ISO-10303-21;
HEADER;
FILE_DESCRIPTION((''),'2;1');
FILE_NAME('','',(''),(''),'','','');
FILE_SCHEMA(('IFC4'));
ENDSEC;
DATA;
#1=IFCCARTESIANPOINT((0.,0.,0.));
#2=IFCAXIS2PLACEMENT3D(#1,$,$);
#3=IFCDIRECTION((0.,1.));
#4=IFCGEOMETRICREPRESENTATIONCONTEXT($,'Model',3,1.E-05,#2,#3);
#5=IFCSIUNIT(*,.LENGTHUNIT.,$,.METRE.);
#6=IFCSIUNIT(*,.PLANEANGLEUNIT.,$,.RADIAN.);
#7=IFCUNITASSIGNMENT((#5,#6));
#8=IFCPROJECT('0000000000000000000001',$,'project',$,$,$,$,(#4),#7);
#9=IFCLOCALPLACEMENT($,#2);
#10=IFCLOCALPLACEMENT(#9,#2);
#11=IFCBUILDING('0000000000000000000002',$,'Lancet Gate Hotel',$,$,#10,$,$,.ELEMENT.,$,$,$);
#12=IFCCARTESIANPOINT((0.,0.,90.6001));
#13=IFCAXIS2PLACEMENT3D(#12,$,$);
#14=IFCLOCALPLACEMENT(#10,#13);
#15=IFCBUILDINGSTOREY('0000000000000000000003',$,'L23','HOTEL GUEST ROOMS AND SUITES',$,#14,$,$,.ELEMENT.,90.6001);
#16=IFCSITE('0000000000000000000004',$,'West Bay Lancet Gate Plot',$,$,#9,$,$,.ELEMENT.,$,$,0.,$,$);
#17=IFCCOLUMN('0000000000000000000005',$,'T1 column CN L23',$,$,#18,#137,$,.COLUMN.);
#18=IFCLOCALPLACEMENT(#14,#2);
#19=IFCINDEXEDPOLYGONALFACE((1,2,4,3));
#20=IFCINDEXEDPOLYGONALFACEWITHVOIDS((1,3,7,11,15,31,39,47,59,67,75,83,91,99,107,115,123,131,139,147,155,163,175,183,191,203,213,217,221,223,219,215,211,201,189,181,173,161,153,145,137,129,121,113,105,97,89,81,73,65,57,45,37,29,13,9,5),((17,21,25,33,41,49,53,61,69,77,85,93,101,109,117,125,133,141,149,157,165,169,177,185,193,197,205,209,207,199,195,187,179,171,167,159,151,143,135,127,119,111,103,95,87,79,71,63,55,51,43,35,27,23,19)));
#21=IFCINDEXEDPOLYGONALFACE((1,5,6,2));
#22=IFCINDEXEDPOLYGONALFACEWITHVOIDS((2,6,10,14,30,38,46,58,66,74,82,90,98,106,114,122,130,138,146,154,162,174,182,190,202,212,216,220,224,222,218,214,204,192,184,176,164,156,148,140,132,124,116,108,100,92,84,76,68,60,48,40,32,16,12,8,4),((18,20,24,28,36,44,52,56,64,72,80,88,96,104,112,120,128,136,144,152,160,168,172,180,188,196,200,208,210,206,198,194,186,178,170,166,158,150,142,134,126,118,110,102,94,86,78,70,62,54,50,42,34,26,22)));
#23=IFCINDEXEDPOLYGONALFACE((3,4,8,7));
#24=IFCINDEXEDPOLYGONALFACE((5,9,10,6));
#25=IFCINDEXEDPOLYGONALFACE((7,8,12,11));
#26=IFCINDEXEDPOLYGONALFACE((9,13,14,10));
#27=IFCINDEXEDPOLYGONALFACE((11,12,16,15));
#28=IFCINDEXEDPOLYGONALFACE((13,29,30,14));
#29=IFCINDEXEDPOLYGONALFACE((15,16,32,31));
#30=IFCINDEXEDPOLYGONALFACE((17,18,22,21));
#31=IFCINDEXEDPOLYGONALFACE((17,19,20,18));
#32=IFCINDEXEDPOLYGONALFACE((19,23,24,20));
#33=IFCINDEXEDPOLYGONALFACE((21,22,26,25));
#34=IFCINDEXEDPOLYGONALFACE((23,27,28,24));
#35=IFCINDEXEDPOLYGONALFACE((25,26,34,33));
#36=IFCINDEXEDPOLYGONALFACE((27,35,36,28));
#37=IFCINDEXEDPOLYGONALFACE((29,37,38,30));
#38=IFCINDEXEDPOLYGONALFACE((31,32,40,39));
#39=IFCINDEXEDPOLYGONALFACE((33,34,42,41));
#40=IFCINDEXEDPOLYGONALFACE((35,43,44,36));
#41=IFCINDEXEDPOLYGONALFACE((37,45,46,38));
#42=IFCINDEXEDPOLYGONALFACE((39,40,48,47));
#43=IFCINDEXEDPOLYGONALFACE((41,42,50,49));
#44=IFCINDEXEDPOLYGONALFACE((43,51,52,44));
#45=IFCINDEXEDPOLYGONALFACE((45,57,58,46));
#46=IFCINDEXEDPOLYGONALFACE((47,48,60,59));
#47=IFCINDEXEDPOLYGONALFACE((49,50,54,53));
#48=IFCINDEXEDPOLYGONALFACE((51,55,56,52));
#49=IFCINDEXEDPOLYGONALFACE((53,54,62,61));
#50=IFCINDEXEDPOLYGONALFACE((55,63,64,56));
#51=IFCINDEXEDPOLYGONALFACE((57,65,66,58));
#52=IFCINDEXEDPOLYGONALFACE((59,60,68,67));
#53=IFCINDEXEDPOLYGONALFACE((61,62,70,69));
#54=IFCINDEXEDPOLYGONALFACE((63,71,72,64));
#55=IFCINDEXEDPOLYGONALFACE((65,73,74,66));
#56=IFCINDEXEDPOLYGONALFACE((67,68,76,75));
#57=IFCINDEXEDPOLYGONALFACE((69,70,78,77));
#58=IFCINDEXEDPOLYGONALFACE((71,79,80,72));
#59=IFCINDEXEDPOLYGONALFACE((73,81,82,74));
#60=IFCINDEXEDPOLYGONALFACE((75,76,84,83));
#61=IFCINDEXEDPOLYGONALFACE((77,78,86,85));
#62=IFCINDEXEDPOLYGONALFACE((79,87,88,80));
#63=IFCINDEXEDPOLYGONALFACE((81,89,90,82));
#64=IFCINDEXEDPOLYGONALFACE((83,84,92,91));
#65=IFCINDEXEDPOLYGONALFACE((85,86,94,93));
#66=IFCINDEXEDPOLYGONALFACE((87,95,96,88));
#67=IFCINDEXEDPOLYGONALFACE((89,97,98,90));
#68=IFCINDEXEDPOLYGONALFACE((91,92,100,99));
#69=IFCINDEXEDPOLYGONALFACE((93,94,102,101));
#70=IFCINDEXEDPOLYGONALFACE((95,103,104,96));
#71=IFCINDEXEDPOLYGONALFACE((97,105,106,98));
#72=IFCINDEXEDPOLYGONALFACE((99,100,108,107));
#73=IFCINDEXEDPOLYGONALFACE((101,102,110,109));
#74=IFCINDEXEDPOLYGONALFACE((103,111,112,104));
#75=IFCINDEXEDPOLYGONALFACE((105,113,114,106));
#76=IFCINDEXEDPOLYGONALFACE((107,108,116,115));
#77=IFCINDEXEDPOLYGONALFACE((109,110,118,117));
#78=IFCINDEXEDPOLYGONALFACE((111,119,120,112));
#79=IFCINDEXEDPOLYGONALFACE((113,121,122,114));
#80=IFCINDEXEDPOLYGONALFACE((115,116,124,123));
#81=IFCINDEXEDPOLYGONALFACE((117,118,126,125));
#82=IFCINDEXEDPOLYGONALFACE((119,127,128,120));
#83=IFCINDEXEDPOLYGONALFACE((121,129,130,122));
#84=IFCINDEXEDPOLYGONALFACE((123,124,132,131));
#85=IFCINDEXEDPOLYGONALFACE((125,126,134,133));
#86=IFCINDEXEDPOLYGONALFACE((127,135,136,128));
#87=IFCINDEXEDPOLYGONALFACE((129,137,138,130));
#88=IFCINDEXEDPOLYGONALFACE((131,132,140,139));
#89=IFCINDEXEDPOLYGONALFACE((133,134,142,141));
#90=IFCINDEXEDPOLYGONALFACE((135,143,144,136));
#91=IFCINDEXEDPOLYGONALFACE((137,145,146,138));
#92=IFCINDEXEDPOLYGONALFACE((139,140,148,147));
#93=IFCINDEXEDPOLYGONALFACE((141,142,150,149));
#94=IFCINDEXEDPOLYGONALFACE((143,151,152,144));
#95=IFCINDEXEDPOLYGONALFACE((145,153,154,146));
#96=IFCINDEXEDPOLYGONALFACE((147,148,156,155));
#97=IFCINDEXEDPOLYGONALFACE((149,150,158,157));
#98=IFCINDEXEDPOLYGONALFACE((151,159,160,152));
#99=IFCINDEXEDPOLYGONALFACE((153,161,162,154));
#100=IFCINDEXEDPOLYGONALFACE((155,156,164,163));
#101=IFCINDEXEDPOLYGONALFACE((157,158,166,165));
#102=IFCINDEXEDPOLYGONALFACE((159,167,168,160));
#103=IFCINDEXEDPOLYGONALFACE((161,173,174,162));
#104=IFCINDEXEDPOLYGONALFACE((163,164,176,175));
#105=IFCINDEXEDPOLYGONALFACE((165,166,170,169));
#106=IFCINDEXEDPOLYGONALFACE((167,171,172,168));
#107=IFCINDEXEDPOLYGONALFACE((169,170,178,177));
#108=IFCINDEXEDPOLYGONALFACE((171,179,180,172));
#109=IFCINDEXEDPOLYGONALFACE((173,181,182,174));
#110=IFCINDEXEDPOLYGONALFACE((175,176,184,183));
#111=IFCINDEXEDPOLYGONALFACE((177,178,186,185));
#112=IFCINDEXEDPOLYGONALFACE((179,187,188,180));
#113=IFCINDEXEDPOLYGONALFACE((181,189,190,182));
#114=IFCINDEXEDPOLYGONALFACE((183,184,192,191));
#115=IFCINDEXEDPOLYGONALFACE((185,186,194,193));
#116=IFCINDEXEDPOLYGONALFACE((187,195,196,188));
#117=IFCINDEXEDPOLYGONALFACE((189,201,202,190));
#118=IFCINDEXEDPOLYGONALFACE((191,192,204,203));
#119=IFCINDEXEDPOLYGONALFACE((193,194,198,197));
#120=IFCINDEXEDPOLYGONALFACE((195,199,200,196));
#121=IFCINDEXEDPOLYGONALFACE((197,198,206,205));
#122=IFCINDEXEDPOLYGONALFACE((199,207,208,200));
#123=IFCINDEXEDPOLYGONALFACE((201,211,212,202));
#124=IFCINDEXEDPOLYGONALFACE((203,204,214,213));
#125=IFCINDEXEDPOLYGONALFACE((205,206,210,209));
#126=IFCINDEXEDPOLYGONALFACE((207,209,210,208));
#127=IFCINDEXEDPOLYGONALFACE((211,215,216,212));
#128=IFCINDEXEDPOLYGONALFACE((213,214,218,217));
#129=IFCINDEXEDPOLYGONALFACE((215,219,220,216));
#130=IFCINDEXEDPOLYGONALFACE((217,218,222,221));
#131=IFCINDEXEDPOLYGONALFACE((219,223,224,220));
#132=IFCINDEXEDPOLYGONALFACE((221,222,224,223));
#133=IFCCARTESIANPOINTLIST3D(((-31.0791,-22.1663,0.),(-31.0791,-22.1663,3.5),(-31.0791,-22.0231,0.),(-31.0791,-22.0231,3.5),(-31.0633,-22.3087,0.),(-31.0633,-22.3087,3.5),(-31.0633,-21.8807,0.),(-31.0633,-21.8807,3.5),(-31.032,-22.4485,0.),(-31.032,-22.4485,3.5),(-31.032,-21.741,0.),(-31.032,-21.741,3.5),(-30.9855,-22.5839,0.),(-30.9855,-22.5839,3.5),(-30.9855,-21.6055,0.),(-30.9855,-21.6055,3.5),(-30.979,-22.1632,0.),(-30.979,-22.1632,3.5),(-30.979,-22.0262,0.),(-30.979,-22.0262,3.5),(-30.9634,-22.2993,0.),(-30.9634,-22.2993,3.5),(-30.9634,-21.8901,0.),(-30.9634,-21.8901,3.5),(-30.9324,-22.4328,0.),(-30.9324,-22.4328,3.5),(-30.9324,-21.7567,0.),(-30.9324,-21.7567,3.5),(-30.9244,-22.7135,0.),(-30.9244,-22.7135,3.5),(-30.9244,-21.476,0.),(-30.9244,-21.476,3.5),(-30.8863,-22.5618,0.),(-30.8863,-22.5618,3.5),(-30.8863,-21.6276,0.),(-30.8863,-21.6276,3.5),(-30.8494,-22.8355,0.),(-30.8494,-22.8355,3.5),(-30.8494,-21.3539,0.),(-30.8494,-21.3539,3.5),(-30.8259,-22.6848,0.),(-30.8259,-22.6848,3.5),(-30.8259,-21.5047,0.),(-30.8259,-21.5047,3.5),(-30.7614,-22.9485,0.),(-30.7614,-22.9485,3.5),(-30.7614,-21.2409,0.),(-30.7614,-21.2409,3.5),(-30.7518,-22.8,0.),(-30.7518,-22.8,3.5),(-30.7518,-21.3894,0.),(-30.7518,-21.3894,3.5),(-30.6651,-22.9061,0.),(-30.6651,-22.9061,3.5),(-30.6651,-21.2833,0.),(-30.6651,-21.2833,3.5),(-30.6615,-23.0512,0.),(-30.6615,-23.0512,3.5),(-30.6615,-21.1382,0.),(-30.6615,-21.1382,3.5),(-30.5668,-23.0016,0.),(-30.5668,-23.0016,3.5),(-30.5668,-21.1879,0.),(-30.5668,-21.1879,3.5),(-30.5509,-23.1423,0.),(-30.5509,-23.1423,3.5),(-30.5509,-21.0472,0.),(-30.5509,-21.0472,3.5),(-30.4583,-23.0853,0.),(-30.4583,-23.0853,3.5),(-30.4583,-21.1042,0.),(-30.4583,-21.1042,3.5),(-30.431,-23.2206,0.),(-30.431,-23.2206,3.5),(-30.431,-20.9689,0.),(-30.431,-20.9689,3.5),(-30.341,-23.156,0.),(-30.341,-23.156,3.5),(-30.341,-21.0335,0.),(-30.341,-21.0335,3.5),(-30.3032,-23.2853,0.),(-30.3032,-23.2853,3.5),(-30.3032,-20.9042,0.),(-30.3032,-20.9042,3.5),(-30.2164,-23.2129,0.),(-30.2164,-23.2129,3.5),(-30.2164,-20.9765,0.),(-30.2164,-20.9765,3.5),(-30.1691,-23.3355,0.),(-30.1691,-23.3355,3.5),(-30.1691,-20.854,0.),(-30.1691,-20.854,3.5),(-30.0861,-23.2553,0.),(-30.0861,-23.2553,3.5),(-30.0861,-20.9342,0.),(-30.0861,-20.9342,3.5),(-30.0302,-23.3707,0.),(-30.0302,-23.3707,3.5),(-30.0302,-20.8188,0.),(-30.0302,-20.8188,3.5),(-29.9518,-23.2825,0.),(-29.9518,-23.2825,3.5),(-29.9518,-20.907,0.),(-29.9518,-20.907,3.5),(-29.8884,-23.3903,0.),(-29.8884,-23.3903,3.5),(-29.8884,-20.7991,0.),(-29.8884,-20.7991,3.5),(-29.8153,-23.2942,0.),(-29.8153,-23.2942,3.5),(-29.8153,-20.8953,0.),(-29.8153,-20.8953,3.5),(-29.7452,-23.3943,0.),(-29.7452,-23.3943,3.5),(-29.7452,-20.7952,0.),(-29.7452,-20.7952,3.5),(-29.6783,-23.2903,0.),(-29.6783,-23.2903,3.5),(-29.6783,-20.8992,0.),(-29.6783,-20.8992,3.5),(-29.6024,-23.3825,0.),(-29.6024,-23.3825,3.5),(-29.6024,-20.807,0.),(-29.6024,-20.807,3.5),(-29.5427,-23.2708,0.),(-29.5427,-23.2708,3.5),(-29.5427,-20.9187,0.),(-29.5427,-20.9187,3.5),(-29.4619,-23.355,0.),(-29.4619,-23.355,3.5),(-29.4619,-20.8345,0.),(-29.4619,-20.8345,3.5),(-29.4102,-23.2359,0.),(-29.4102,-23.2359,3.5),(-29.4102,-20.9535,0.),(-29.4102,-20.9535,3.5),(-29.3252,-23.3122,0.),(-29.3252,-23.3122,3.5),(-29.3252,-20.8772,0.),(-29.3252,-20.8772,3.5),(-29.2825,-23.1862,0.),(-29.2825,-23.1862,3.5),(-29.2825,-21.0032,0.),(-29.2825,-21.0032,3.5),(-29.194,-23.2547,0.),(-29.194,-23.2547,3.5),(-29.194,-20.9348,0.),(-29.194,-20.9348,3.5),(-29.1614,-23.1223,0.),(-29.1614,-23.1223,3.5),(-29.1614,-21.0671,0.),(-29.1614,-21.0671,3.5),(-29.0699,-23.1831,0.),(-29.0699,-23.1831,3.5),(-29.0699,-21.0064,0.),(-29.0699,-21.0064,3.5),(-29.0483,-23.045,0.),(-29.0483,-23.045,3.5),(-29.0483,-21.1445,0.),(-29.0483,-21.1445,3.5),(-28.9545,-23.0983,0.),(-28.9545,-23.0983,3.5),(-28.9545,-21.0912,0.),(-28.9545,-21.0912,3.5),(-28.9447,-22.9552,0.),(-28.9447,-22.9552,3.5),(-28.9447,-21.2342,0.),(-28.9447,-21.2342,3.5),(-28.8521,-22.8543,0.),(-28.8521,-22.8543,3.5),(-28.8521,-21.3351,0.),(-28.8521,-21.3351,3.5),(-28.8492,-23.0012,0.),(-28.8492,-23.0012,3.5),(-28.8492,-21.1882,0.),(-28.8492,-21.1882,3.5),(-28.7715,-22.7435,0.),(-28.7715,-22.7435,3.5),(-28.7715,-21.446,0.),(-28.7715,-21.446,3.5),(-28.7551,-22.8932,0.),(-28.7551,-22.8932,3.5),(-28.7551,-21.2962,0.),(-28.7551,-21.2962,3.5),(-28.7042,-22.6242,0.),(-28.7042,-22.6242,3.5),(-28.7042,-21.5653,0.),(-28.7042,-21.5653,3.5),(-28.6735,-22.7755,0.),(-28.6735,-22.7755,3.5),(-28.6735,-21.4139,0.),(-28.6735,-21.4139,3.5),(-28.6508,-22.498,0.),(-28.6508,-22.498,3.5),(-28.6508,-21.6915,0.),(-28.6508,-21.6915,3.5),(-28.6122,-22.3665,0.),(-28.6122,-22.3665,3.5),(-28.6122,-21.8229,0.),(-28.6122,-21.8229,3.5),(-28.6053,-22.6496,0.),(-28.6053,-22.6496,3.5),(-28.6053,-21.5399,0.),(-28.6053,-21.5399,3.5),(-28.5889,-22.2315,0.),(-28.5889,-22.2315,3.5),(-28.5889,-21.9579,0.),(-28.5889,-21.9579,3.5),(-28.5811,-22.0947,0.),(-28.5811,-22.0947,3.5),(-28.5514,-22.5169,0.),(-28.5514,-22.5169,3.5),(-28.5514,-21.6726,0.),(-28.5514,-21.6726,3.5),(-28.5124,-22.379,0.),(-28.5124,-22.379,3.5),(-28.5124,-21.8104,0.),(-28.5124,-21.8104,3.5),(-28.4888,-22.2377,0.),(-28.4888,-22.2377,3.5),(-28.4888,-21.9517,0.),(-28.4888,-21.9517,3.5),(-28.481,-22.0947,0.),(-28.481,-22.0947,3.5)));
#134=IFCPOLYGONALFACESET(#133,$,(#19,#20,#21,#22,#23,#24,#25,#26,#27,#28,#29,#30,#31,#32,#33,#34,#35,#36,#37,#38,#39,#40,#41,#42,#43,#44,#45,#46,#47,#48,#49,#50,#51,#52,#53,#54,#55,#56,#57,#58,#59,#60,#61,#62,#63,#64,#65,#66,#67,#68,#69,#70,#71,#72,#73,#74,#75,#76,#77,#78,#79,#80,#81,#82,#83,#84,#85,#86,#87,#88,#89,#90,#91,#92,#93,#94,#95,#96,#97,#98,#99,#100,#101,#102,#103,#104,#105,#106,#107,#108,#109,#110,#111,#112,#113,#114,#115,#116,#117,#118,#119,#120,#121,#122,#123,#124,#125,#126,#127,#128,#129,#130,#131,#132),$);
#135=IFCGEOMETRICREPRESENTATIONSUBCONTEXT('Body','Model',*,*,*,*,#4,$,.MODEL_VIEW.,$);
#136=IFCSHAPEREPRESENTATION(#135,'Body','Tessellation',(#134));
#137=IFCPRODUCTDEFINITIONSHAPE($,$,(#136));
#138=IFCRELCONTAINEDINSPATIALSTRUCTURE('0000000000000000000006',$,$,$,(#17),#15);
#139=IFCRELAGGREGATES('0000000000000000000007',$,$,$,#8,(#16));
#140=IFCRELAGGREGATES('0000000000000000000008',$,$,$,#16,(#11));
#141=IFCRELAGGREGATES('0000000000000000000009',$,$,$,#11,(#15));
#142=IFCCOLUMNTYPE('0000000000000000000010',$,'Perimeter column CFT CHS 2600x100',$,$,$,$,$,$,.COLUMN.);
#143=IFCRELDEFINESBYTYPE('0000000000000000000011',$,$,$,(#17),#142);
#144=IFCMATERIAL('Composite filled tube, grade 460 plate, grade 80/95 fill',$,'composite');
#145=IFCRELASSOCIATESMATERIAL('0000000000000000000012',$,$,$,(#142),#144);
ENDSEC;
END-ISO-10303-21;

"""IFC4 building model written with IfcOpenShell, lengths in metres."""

from ifc_helpers import new_model, si_unit, direction, frame, origin, origin_2d, place, context, subcontext, project, spatial, hollow_circle, extrude, material, material_profile, profile_set, type_object, element, save


model = new_model("IFC4")

# Units and contexts
model_context = context("Model", 3, precision=1e-05, world=origin(), true_north=direction((0.0, 1.0)))
body_context = subcontext(model_context, "Body", "Model", "MODEL_VIEW")
ifc_project = project(units=[si_unit("LENGTHUNIT", "METRE"), si_unit("PLANEANGLEUNIT", "RADIAN")], contexts=[model_context])

# Site, building, storey
site_placement = place(None, origin())
site = spatial("IfcSite", under=ifc_project, at=site_placement, Name="West Bay Lancet Gate Plot", CompositionType="ELEMENT", RefElevation=0.0)
building_placement = place(site_placement, origin())
building = spatial("IfcBuilding", under=site, at=building_placement, Name="Lancet Gate Hotel", CompositionType="ELEMENT")
storey_placement = place(building_placement, frame((0.0, 0.0, 90.6001)))
storey = spatial("IfcBuildingStorey", under=building, at=storey_placement, Name="L23", Description="HOTEL GUEST ROOMS AND SUITES", CompositionType="ELEMENT", Elevation=90.6001)

# Column
ifc_material_1 = material(Name="Composite filled tube, grade 460 plate, grade 80/95 fill", Category="composite")
ifc_material_profile_1 = material_profile(ifc_material_1, hollow_circle(Radius=1.3, WallThickness=0.1001, at=origin_2d()), Name="CHS 2600x100")
ifc_profile_set_1 = profile_set([ifc_material_profile_1], Name="Composite filled tube, grade 460 plate, grade 80/95 fill")
column_type = type_object("IfcColumnType", Name="Perimeter column CFT CHS 2600x100", PredefinedType="COLUMN", material=ifc_profile_set_1)
for number, where, z_axis, x_axis, name in (
    (1, (-29.781, -22.0947, 0.0), (0.0, 0.0, 1.0), (1.0, 0.0, 0.0), "T1 column CN L23"),
):
    element("IfcColumn", number, at=place(storey_placement, frame(where, z_axis=z_axis, x_axis=x_axis)), inside=storey, type_object=column_type, Name=name, PredefinedType="COLUMN", context=body_context, shape_type="SweptSolid", body=[
        extrude(hollow_circle(Radius=1.3, WallThickness=0.1001, at=origin_2d()), origin(), (0.0, 0.0, 1.0), 3.5),
    ])

save(model, "model.ifc")
